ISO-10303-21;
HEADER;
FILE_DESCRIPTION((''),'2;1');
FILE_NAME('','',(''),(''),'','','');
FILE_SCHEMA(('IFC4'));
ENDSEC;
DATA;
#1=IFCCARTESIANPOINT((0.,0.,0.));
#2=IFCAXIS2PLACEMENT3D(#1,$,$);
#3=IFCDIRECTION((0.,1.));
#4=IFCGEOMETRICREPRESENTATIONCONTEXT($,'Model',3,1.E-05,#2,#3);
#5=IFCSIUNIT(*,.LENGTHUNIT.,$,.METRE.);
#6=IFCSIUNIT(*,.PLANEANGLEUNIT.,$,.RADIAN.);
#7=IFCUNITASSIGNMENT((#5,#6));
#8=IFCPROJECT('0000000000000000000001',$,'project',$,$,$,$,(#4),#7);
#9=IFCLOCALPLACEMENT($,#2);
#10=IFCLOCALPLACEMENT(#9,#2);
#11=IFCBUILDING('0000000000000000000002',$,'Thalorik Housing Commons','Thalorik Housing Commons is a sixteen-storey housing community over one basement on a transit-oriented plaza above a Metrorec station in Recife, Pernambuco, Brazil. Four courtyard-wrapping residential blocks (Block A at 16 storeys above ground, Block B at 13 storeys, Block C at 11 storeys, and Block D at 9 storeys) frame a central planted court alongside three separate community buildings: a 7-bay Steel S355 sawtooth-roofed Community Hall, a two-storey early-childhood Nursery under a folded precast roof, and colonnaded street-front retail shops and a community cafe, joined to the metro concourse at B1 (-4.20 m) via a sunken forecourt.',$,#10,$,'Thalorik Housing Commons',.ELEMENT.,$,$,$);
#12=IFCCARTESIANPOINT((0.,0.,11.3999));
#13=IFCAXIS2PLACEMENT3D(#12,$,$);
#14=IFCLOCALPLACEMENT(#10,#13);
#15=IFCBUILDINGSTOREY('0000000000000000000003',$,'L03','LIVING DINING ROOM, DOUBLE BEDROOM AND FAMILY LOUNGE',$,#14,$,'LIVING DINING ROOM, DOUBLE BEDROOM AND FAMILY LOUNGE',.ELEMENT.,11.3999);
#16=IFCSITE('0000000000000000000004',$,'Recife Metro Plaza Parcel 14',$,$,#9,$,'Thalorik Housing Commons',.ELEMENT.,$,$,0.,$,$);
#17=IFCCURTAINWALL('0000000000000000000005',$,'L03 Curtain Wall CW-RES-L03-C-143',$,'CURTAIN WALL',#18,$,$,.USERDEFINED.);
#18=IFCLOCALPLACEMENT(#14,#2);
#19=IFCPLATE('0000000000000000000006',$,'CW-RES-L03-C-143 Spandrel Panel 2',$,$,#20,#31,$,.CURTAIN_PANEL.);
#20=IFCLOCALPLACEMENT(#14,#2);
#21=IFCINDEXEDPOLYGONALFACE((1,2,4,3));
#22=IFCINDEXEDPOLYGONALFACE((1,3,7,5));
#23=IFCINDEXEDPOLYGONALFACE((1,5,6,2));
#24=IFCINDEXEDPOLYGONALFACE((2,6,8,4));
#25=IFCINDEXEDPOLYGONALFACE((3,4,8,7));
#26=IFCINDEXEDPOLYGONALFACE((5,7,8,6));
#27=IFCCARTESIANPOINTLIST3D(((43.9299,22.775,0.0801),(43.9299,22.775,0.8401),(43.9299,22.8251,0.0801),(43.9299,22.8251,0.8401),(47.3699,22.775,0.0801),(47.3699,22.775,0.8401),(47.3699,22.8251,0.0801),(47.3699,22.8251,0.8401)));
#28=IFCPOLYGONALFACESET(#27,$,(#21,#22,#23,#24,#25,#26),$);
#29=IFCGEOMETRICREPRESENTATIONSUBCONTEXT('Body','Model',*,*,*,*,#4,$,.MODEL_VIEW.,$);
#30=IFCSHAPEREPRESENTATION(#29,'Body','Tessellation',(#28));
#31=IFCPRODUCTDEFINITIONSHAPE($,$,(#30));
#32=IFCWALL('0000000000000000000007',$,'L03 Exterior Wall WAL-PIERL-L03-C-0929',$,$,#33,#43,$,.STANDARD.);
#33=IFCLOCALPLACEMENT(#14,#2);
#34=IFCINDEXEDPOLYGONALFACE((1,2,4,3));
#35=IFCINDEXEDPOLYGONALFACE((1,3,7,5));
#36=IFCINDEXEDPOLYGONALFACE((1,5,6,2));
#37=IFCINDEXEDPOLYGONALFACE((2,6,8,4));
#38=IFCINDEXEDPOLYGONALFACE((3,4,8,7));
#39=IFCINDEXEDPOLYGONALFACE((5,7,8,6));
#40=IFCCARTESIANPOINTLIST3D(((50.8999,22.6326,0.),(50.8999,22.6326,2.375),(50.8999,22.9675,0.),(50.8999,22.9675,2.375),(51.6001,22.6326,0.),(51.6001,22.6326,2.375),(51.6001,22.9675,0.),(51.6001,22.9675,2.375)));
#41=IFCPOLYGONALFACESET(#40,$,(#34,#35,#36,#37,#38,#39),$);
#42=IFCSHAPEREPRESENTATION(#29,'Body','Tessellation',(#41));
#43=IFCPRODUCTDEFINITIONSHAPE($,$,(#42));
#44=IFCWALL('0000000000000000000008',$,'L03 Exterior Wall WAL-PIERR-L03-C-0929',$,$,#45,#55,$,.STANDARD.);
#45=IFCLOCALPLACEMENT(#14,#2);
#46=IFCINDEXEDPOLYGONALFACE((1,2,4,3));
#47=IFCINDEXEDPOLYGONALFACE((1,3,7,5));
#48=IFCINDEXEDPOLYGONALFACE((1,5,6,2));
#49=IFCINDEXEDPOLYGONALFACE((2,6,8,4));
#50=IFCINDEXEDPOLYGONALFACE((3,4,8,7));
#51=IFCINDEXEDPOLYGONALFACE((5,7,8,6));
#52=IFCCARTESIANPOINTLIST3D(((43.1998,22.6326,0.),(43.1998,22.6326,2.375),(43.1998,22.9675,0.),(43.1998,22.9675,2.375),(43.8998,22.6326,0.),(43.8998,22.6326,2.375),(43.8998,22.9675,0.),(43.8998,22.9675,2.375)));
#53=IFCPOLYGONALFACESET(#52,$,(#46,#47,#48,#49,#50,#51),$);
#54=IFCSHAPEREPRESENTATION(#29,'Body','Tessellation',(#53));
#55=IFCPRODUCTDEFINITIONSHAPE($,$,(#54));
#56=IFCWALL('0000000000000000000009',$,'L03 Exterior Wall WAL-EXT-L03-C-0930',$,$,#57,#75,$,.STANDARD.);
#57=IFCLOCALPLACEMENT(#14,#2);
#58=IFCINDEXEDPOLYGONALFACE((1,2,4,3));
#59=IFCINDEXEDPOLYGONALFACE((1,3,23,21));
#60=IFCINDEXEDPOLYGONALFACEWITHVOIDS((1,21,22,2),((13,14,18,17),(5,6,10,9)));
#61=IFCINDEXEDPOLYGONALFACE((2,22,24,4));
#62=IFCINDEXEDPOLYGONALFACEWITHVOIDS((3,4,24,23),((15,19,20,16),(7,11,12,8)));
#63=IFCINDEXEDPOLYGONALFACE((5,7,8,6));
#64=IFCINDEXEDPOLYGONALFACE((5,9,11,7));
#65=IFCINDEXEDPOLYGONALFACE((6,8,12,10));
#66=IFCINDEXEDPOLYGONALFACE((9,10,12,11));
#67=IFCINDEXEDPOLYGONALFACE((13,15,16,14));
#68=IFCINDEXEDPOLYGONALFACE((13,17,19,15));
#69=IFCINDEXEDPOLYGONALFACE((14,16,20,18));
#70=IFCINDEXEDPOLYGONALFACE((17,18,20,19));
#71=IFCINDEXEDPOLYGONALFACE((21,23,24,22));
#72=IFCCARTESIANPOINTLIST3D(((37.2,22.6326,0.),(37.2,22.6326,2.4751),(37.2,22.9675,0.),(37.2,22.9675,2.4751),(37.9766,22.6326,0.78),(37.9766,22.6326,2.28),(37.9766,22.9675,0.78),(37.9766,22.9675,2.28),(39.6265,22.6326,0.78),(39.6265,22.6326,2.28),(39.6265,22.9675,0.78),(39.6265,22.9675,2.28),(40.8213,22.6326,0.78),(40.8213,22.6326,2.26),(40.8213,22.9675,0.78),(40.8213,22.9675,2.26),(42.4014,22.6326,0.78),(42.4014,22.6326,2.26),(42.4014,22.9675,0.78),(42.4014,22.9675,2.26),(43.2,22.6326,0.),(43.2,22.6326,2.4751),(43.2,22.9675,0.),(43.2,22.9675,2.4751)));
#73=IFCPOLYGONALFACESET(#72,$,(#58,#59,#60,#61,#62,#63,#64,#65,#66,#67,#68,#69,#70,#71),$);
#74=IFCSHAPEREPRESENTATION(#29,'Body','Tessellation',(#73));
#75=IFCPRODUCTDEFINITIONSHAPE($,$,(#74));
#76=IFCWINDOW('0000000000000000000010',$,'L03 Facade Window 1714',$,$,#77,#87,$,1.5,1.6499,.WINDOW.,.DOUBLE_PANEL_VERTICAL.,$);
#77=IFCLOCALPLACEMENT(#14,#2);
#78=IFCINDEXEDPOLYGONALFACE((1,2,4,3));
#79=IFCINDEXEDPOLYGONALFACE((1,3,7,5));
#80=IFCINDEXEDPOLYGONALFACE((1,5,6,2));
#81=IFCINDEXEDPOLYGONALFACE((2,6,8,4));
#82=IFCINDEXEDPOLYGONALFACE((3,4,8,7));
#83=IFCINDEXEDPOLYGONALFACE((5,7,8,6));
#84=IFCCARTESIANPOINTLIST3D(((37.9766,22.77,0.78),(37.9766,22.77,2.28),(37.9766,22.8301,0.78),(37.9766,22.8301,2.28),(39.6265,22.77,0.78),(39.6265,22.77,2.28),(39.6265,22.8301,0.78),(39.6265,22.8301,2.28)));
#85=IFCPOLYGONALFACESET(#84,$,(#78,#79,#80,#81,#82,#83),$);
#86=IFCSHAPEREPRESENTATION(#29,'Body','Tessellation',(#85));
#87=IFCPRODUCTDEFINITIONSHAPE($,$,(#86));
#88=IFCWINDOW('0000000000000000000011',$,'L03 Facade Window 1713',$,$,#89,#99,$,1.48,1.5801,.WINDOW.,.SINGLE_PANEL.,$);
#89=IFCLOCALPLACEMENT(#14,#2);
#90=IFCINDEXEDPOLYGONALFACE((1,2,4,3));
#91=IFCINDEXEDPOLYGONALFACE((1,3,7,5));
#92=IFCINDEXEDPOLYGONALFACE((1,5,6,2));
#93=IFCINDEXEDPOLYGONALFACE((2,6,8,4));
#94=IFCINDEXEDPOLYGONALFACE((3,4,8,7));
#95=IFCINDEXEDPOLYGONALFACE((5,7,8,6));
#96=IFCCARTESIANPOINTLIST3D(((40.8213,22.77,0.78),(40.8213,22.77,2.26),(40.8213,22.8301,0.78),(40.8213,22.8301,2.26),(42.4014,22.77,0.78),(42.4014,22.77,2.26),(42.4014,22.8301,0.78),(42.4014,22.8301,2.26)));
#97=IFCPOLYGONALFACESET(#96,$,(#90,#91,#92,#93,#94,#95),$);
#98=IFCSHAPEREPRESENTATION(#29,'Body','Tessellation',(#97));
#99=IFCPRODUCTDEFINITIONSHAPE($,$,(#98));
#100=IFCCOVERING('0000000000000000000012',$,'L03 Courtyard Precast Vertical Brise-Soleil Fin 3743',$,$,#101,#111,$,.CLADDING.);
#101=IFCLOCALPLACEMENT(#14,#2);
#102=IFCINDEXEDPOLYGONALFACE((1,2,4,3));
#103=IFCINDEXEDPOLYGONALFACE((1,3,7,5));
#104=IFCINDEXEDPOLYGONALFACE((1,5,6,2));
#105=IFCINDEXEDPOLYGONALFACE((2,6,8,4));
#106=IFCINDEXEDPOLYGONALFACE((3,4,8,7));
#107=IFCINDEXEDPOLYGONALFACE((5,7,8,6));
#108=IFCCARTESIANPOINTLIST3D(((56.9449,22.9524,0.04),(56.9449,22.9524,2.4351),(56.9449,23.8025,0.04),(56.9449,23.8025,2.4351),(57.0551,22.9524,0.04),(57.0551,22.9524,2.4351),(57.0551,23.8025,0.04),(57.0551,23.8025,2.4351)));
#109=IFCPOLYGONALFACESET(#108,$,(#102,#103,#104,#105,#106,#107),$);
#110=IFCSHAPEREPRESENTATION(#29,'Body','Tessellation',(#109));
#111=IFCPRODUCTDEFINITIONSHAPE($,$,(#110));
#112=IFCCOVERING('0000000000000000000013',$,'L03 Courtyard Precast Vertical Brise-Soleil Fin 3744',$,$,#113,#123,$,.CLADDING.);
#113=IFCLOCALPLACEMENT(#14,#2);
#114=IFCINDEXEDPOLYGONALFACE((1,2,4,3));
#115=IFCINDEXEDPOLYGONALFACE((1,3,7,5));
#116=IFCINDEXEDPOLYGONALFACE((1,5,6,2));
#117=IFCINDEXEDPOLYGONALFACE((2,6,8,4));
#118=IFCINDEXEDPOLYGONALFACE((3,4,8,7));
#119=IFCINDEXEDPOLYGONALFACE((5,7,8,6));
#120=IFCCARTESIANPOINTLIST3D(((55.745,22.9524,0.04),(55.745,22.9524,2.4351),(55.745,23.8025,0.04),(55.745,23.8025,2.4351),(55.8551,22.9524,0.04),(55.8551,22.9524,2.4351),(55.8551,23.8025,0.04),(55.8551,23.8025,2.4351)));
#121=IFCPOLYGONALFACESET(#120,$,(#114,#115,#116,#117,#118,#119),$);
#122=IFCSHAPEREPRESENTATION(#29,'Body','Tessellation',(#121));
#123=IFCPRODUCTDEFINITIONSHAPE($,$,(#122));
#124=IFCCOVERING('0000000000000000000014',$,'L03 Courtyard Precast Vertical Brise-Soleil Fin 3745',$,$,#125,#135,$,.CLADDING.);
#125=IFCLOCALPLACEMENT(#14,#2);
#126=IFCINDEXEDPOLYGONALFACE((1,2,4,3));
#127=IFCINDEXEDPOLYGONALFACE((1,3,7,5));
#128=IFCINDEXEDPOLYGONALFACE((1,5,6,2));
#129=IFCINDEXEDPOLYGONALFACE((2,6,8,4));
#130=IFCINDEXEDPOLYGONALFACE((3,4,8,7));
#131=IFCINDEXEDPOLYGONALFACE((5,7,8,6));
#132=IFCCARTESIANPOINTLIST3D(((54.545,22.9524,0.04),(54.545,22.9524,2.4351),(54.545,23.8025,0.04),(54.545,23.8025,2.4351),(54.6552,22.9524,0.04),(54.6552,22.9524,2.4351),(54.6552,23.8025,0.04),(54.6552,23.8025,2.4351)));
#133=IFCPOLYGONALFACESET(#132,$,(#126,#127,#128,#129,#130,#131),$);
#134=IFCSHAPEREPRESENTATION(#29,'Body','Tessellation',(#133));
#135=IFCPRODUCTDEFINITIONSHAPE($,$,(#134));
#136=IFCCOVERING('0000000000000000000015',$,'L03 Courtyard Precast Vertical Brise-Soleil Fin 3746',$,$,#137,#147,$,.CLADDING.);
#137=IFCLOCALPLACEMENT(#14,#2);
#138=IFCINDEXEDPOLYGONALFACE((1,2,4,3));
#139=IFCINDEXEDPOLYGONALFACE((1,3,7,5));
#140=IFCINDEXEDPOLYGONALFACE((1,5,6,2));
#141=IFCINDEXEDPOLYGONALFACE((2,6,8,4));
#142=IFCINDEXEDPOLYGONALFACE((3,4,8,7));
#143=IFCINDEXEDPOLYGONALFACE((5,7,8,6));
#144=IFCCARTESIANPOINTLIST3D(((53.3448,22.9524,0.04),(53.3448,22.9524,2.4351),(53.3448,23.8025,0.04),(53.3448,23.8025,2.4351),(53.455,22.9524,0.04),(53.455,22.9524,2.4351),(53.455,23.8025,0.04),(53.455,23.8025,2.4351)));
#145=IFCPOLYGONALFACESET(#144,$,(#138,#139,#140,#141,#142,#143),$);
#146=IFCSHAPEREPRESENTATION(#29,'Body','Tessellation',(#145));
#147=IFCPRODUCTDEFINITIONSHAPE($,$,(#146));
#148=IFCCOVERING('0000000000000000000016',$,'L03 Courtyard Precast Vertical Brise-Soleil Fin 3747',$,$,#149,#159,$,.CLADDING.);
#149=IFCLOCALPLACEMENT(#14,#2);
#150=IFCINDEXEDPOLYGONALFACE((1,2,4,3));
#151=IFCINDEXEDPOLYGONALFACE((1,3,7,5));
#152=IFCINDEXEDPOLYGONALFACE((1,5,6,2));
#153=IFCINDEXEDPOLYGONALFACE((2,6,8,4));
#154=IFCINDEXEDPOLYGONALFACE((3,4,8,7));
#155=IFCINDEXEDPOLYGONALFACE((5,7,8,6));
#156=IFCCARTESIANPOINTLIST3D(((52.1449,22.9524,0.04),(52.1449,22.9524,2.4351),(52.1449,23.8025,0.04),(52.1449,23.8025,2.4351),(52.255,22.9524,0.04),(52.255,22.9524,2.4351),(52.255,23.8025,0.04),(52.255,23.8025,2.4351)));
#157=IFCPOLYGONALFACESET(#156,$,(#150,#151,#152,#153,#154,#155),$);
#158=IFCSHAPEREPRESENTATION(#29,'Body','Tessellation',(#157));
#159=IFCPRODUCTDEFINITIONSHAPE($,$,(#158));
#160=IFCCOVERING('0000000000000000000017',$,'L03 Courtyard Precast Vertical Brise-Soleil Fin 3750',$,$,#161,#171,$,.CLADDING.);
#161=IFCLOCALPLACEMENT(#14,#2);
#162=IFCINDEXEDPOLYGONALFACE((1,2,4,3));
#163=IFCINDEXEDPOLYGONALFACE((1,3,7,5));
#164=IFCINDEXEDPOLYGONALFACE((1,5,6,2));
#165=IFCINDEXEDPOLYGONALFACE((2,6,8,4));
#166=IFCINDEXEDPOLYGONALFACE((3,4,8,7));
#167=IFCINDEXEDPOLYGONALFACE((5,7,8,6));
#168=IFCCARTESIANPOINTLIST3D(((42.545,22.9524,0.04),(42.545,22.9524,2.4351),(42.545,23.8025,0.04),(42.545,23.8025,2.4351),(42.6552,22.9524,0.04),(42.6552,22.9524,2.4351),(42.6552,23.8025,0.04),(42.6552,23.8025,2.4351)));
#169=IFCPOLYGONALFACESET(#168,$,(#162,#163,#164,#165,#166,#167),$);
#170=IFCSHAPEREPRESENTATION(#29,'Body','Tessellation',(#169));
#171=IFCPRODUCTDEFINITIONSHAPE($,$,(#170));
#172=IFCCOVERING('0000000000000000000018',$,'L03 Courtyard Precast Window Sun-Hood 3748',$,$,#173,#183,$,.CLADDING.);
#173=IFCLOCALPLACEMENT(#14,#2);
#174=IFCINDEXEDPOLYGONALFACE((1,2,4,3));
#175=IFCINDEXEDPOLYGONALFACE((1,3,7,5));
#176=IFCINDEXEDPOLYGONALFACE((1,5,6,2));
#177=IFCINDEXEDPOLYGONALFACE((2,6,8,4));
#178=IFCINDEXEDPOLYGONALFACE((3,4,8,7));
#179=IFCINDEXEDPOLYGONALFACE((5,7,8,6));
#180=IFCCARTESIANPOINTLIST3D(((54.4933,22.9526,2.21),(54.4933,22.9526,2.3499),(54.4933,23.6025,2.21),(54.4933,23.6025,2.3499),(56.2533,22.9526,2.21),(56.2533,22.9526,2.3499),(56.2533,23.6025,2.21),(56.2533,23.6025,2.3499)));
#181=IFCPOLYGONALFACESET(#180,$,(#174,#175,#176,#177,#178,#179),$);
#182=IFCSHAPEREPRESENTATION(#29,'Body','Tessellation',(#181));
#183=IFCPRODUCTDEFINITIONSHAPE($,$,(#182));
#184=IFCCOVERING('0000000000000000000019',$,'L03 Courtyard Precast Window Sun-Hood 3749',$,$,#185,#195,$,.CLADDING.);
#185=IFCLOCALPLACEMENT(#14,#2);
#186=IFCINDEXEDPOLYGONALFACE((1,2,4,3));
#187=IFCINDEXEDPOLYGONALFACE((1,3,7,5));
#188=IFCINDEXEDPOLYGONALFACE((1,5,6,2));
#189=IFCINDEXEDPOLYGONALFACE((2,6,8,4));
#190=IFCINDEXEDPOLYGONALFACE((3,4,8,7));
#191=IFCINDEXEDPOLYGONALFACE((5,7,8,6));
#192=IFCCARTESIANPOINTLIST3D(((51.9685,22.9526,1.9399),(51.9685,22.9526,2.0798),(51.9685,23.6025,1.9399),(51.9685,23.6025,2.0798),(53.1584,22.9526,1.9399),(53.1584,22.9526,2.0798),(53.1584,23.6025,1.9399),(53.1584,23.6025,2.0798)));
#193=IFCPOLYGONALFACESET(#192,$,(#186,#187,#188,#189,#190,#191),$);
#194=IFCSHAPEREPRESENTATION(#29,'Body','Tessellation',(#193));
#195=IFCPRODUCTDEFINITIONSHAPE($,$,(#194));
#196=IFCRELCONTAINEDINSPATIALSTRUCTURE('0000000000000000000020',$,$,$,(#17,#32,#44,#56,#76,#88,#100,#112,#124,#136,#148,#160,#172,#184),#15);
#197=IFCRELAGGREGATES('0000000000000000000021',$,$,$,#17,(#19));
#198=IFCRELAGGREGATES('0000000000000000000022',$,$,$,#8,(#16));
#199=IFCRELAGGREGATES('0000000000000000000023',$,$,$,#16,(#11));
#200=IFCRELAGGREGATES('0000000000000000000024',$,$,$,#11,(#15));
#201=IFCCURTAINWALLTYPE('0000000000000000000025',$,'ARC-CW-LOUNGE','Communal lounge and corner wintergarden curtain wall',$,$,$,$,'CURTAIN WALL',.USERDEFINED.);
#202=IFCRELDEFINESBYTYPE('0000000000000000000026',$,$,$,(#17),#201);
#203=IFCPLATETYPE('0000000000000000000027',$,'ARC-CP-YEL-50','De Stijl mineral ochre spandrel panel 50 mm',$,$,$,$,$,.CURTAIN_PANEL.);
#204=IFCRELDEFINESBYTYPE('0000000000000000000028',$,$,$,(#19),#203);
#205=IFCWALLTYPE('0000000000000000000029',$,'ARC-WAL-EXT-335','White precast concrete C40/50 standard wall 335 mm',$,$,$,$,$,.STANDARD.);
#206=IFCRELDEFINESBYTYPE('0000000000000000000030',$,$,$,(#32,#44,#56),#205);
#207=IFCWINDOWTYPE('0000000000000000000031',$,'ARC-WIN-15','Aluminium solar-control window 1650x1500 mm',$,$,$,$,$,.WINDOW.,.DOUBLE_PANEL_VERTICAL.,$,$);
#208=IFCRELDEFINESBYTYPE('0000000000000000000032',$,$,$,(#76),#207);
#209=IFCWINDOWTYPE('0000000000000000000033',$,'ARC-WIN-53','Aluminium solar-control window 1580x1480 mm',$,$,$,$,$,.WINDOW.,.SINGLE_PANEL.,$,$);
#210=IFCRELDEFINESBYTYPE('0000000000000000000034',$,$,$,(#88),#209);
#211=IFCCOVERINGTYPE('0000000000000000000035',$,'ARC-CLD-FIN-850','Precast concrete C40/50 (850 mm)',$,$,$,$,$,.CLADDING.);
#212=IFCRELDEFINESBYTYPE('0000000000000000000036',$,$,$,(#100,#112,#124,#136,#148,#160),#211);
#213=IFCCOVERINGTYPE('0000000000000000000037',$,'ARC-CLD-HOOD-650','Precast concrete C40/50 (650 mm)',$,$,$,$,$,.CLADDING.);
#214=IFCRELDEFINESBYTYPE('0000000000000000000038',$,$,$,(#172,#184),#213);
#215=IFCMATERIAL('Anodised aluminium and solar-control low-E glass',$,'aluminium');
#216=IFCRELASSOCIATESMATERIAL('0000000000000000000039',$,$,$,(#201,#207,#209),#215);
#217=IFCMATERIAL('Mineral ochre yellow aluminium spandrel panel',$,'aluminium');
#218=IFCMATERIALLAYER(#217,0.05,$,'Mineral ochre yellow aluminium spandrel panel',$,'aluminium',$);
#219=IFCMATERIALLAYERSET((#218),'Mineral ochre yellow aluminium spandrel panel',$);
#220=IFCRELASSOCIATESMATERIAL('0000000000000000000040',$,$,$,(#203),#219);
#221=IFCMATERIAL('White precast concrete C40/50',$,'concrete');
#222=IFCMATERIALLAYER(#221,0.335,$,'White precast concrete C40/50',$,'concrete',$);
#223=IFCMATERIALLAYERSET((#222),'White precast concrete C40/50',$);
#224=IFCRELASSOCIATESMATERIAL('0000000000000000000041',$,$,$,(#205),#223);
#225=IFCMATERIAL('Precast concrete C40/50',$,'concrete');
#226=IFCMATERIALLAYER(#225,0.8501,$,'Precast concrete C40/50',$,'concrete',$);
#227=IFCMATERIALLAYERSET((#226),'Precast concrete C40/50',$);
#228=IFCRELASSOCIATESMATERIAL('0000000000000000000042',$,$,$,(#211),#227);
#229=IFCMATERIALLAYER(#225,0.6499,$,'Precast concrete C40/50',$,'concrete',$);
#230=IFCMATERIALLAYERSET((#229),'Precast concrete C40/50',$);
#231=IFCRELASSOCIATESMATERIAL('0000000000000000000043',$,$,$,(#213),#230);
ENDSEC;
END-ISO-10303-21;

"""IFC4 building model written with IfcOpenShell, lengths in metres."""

from ifc_helpers import new_model, si_unit, direction, frame, frame_2d, origin, origin_2d, place, context, subcontext, project, spatial, rectangle, extrude, material, layer, layer_set, type_object, element, fill, aggregate, save


model = new_model("IFC4")

# Units and contexts
model_context = context("Model", 3, precision=1e-05, world=origin(), true_north=direction((0.0, 1.0)))
body_context = subcontext(model_context, "Body", "Model", "MODEL_VIEW")
ifc_project = project(units=[si_unit("LENGTHUNIT", "METRE"), si_unit("PLANEANGLEUNIT", "RADIAN")], contexts=[model_context])

# Site, building, storey
site_placement = place(None, origin())
site = spatial("IfcSite", under=ifc_project, at=site_placement, Name="Recife Metro Plaza Parcel 14", LongName="Thalorik Housing Commons", CompositionType="ELEMENT", RefElevation=0.0)
building_placement = place(site_placement, origin())
building = spatial("IfcBuilding", under=site, at=building_placement, Name="Thalorik Housing Commons", Description="Thalorik Housing Commons is a sixteen-storey housing community over one basement on a transit-oriented plaza above a Metrorec station in Recife, Pernambuco, Brazil. Four courtyard-wrapping residential blocks (Block A at 16 storeys above ground, Block B at 13 storeys, Block C at 11 storeys, and Block D at 9 storeys) frame a central planted court alongside three separate community buildings: a 7-bay Steel S355 sawtooth-roofed Community Hall, a two-storey early-childhood Nursery under a folded precast roof, and colonnaded street-front retail shops and a community cafe, joined to the metro concourse at B1 (-4.20 m) via a sunken forecourt.", LongName="Thalorik Housing Commons", CompositionType="ELEMENT")
storey_placement = place(building_placement, frame((0.0, 0.0, 11.3999)))
storey = spatial("IfcBuildingStorey", under=building, at=storey_placement, Name="L03", Description="LIVING DINING ROOM, DOUBLE BEDROOM AND FAMILY LOUNGE", LongName="LIVING DINING ROOM, DOUBLE BEDROOM AND FAMILY LOUNGE", CompositionType="ELEMENT", Elevation=11.3999)

# Shared definitions
ifc_material_1 = material(Name="Precast concrete C40/50", Category="concrete")

# Curtain wall
ifc_material_2 = material(Name="Anodised aluminium and solar-control low-E glass", Category="aluminium")
curtain_wall_type = type_object("IfcCurtainWallType", Name="ARC-CW-LOUNGE", Description="Communal lounge and corner wintergarden curtain wall", ElementType="CURTAIN WALL", PredefinedType="USERDEFINED", material=ifc_material_2)
curtain_wall_placement = place(storey_placement, origin())
curtain_wall = element("IfcCurtainWall", 1, at=curtain_wall_placement, inside=storey, type_object=curtain_wall_type, Name="L03 Curtain Wall CW-RES-L03-C-143", ObjectType="CURTAIN WALL", PredefinedType="USERDEFINED")

# Plate
ifc_material_3 = material(Name="Mineral ochre yellow aluminium spandrel panel", Category="aluminium")
ifc_layer_1 = layer(ifc_material_3, 0.05, Name="Mineral ochre yellow aluminium spandrel panel", Category="aluminium")
ifc_layer_set_1 = layer_set([ifc_layer_1], Name="Mineral ochre yellow aluminium spandrel panel")
plate_type_1 = type_object("IfcPlateType", Name="ARC-CP-YEL-50", Description="De Stijl mineral ochre spandrel panel 50 mm", PredefinedType="CURTAIN_PANEL", material=ifc_layer_set_1)
plate_1_placement = place(storey_placement, frame((45.6499, 22.8, 0.0801), z_axis=(0.0, 0.0, 1.0), x_axis=(-1.0, 0.0, 0.0)))
plate_1 = element("IfcPlate", 2, at=plate_1_placement, type_object=plate_type_1, Name="CW-RES-L03-C-143 Spandrel Panel 2", PredefinedType="CURTAIN_PANEL", context=body_context, shape_type="SweptSolid", body=[
    extrude(rectangle(XDim=3.4399, YDim=0.05, at=origin_2d()), origin(), (0.0, 0.0, 1.0), 0.76),
])
aggregate(curtain_wall, [plate_1])

# Walls
ifc_material_4 = material(Name="White precast concrete C40/50", Category="concrete")
ifc_layer_2 = layer(ifc_material_4, 0.335, Name="White precast concrete C40/50", Category="concrete")
ifc_layer_set_2 = layer_set([ifc_layer_2], Name="White precast concrete C40/50")
wall_type = type_object("IfcWallType", Name="ARC-WAL-EXT-335", Description="White precast concrete C40/50 standard wall 335 mm", PredefinedType="STANDARD", material=ifc_layer_set_2)
wall_1_placement = place(storey_placement, frame((51.6001, 22.8, 0.0), z_axis=(0.0, 0.0, 1.0), x_axis=(-1.0, 0.0, 0.0)))
element("IfcWall", 3, at=wall_1_placement, inside=storey, type_object=wall_type, Name="L03 Exterior Wall WAL-PIERL-L03-C-0929", PredefinedType="STANDARD", context=body_context, shape_type="SweptSolid", body=[
    extrude(rectangle(XDim=0.7002, YDim=0.335, at=frame_2d((0.3501, 0.0))), origin(), (0.0, 0.0, 1.0), 2.375),
])
wall_2_placement = place(storey_placement, frame((43.8999, 22.8, 0.0), z_axis=(0.0, 0.0, 1.0), x_axis=(-1.0, 0.0, 0.0)))
element("IfcWall", 4, at=wall_2_placement, inside=storey, type_object=wall_type, Name="L03 Exterior Wall WAL-PIERR-L03-C-0929", PredefinedType="STANDARD", context=body_context, shape_type="SweptSolid", body=[
    extrude(rectangle(XDim=0.7, YDim=0.335, at=frame_2d((0.3501, 0.0))), origin(), (0.0, 0.0, 1.0), 2.375),
])

# Wall, openings, windows
wall_3_placement = place(storey_placement, frame((43.2, 22.8, 0.0), z_axis=(0.0, 0.0, 1.0), x_axis=(-1.0, 0.0, 0.0)))
wall_3 = element("IfcWall", 5, at=wall_3_placement, inside=storey, type_object=wall_type, Name="L03 Exterior Wall WAL-EXT-L03-C-0930", PredefinedType="STANDARD", context=body_context, shape_type="SweptSolid", body=[
    extrude(rectangle(XDim=6.0, YDim=0.335, at=frame_2d((3.0, 0.0))), origin(), (0.0, 0.0, 1.0), 2.4751),
])
opening_1_placement = place(wall_3_placement, frame((0.7986, 0.0, 0.78)))
opening_1 = element("IfcOpeningElement", 6, at=opening_1_placement, cuts=wall_3, PredefinedType="OPENING", context=body_context, shape_type="SweptSolid", body=[
    extrude(rectangle(XDim=1.5801, YDim=1.48, at=frame_2d((0.79, 0.74))), frame((0.0, 0.1775, 0.0), z_axis=(0.0, -1.0, 0.0), x_axis=(1.0, 0.0, 0.0)), (0.0, 0.0, 1.0), 0.355),
])
opening_2_placement = place(wall_3_placement, frame((3.5735, 0.0, 0.78)))
opening_2 = element("IfcOpeningElement", 7, at=opening_2_placement, cuts=wall_3, PredefinedType="OPENING", context=body_context, shape_type="SweptSolid", body=[
    extrude(rectangle(XDim=1.6499, YDim=1.5, at=frame_2d((0.825, 0.75))), frame((0.0, 0.1775, 0.0), z_axis=(0.0, -1.0, 0.0), x_axis=(1.0, 0.0, 0.0)), (0.0, 0.0, 1.0), 0.355),
])
window_type_1 = type_object("IfcWindowType", Name="ARC-WIN-15", Description="Aluminium solar-control window 1650x1500 mm", PartitioningType="DOUBLE_PANEL_VERTICAL", PredefinedType="WINDOW", material=ifc_material_2)
window_1_placement = place(opening_2_placement, origin())
window_1 = element("IfcWindow", 8, at=window_1_placement, inside=storey, type_object=window_type_1, Name="L03 Facade Window 1714", OverallHeight=1.5, OverallWidth=1.6499, PartitioningType="DOUBLE_PANEL_VERTICAL", PredefinedType="WINDOW", context=body_context, shape_type="SweptSolid", body=[
    extrude(rectangle(XDim=1.6499, YDim=1.5, at=frame_2d((0.825, 0.75))), frame((0.0, 0.03, 0.0), z_axis=(0.0, -1.0, 0.0), x_axis=(1.0, 0.0, 0.0)), (0.0, 0.0, 1.0), 0.0601),
])
fill(opening_2, window_1)
window_type_2 = type_object("IfcWindowType", Name="ARC-WIN-53", Description="Aluminium solar-control window 1580x1480 mm", PartitioningType="SINGLE_PANEL", PredefinedType="WINDOW", material=ifc_material_2)
window_2_placement = place(opening_1_placement, origin())
window_2 = element("IfcWindow", 9, at=window_2_placement, inside=storey, type_object=window_type_2, Name="L03 Facade Window 1713", OverallHeight=1.48, OverallWidth=1.5801, PartitioningType="SINGLE_PANEL", PredefinedType="WINDOW", context=body_context, shape_type="SweptSolid", body=[
    extrude(rectangle(XDim=1.5801, YDim=1.48, at=frame_2d((0.79, 0.74))), frame((0.0, 0.03, 0.0), z_axis=(0.0, -1.0, 0.0), x_axis=(1.0, 0.0, 0.0)), (0.0, 0.0, 1.0), 0.0601),
])
fill(opening_1, window_2)

# Coverings
ifc_layer_3 = layer(ifc_material_1, 0.8501, Name="Precast concrete C40/50", Category="concrete")
ifc_layer_set_3 = layer_set([ifc_layer_3], Name="Precast concrete C40/50")
covering_type_1 = type_object("IfcCoveringType", Name="ARC-CLD-FIN-850", Description="Precast concrete C40/50 (850 mm)", PredefinedType="CLADDING", material=ifc_layer_set_3)
for number, where, z_axis, x_axis, name in (
    (10, (57.0, 23.3774, 0.04), (0.0, 0.0, 1.0), (-1.0, 0.0, 0.0), "L03 Courtyard Precast Vertical Brise-Soleil Fin 3743"),
    (11, (55.8, 23.3774, 0.04), (0.0, 0.0, 1.0), (-1.0, 0.0, 0.0), "L03 Courtyard Precast Vertical Brise-Soleil Fin 3744"),
    (12, (54.6001, 23.3774, 0.04), (0.0, 0.0, 1.0), (-1.0, 0.0, 0.0), "L03 Courtyard Precast Vertical Brise-Soleil Fin 3745"),
    (13, (53.3999, 23.3774, 0.04), (0.0, 0.0, 1.0), (-1.0, 0.0, 0.0), "L03 Courtyard Precast Vertical Brise-Soleil Fin 3746"),
    (14, (52.2, 23.3774, 0.04), (0.0, 0.0, 1.0), (-1.0, 0.0, 0.0), "L03 Courtyard Precast Vertical Brise-Soleil Fin 3747"),
    (15, (42.6001, 23.3774, 0.04), (0.0, 0.0, 1.0), (-1.0, 0.0, 0.0), "L03 Courtyard Precast Vertical Brise-Soleil Fin 3750"),
):
    element("IfcCovering", number, at=place(storey_placement, frame(where, z_axis=z_axis, x_axis=x_axis)), inside=storey, type_object=covering_type_1, Name=name, PredefinedType="CLADDING", context=body_context, shape_type="SweptSolid", body=[
        extrude(rectangle(XDim=0.1101, YDim=0.8501, at=origin_2d()), origin(), (0.0, 0.0, 1.0), 2.395),
    ])
ifc_layer_4 = layer(ifc_material_1, 0.6499, Name="Precast concrete C40/50", Category="concrete")
ifc_layer_set_4 = layer_set([ifc_layer_4], Name="Precast concrete C40/50")
covering_type_2 = type_object("IfcCoveringType", Name="ARC-CLD-HOOD-650", Description="Precast concrete C40/50 (650 mm)", PredefinedType="CLADDING", material=ifc_layer_set_4)
covering_1_placement = place(storey_placement, frame((55.3733, 23.2776, 2.21), z_axis=(0.0, 0.0, 1.0), x_axis=(-1.0, 0.0, 0.0)))
element("IfcCovering", 16, at=covering_1_placement, inside=storey, type_object=covering_type_2, Name="L03 Courtyard Precast Window Sun-Hood 3748", PredefinedType="CLADDING", context=body_context, shape_type="SweptSolid", body=[
    extrude(rectangle(XDim=1.76, YDim=0.6499, at=origin_2d()), origin(), (0.0, 0.0, 1.0), 0.1399),
])
covering_2_placement = place(storey_placement, frame((52.5635, 23.2776, 1.9399), z_axis=(0.0, 0.0, 1.0), x_axis=(-1.0, 0.0, 0.0)))
element("IfcCovering", 17, at=covering_2_placement, inside=storey, type_object=covering_type_2, Name="L03 Courtyard Precast Window Sun-Hood 3749", PredefinedType="CLADDING", context=body_context, shape_type="SweptSolid", body=[
    extrude(rectangle(XDim=1.1899, YDim=0.6499, at=origin_2d()), origin(), (0.0, 0.0, 1.0), 0.1399),
])

save(model, "model.ifc")
